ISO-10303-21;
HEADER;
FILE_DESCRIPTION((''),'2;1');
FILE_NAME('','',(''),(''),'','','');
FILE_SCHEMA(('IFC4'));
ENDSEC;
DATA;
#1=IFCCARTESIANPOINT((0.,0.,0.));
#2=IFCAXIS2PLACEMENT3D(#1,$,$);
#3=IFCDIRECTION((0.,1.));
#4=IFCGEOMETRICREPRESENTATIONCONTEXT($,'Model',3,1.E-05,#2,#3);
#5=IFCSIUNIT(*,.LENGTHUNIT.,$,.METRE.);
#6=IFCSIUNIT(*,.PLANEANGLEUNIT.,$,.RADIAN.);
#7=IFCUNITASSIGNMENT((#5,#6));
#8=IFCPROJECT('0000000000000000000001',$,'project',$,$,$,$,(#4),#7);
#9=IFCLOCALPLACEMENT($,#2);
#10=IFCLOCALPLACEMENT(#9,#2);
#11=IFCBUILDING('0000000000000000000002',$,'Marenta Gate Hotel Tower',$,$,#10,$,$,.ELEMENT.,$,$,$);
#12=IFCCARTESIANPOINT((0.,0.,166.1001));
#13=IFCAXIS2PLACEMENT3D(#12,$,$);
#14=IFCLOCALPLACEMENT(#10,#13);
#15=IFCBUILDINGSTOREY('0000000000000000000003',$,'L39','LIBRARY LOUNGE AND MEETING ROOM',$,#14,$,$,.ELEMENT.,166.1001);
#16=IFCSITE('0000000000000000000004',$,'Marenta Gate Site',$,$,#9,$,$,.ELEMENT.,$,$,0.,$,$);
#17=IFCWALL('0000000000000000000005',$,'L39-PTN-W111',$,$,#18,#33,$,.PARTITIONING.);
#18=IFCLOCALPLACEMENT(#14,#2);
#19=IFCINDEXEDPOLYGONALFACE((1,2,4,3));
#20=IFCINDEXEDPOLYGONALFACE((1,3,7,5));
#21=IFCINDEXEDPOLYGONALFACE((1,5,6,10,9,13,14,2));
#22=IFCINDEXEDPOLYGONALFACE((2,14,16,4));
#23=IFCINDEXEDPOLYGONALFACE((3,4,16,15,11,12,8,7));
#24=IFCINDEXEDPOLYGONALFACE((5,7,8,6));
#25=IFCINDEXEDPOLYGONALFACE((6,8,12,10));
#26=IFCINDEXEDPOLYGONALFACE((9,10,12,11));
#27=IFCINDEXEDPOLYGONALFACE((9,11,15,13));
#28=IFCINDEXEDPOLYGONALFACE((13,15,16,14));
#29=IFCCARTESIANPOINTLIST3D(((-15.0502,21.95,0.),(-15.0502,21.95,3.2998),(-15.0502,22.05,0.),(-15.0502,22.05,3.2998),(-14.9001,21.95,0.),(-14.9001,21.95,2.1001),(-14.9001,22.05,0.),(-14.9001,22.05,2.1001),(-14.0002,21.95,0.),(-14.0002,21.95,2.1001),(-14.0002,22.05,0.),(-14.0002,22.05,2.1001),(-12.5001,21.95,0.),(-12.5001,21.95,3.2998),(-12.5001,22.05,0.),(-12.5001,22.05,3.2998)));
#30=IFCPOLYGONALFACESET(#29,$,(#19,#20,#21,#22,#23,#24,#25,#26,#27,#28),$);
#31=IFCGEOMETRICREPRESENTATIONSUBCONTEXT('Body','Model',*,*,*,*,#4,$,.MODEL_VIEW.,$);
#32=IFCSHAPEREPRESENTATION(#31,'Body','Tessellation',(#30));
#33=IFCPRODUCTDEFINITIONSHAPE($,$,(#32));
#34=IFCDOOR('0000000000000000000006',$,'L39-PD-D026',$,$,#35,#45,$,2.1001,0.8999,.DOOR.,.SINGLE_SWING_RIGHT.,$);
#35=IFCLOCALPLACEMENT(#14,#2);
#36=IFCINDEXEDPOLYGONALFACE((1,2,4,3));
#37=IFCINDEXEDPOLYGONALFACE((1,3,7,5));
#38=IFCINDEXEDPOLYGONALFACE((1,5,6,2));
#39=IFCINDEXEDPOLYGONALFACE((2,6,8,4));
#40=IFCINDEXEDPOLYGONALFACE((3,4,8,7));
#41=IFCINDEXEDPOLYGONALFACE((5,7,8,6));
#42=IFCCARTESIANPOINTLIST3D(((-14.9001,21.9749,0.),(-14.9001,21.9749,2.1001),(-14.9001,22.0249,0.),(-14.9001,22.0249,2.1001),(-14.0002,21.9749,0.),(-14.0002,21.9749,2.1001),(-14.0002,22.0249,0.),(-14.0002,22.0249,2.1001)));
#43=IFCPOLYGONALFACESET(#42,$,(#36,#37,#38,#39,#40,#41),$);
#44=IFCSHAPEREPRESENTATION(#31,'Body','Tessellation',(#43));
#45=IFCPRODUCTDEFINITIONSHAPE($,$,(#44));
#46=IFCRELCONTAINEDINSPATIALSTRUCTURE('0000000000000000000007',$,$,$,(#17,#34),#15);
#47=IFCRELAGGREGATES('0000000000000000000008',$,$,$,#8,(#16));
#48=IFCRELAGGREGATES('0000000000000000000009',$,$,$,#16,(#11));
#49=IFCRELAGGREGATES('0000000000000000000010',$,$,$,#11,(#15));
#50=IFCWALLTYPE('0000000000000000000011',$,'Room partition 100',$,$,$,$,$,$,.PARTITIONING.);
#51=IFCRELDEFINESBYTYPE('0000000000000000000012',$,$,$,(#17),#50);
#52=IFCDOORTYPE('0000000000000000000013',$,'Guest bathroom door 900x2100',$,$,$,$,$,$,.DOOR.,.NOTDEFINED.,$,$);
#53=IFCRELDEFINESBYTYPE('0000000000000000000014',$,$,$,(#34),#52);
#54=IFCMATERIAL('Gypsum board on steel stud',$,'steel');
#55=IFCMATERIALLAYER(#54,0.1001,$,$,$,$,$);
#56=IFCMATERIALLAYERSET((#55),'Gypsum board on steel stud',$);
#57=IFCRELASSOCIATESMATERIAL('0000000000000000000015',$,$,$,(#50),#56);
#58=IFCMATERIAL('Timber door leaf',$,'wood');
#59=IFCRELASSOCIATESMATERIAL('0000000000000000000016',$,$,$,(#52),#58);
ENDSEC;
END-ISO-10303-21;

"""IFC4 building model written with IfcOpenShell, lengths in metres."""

from ifc_helpers import new_model, si_unit, direction, frame, frame_2d, origin, place, context, subcontext, project, spatial, rectangle, extrude, material, layer, layer_set, type_object, element, fill, save


model = new_model("IFC4")

# Units and contexts
model_context = context("Model", 3, precision=1e-05, world=origin(), true_north=direction((0.0, 1.0)))
body_context = subcontext(model_context, "Body", "Model", "MODEL_VIEW")
ifc_project = project(units=[si_unit("LENGTHUNIT", "METRE"), si_unit("PLANEANGLEUNIT", "RADIAN")], contexts=[model_context])

# Site, building, storey
site_placement = place(None, origin())
site = spatial("IfcSite", under=ifc_project, at=site_placement, Name="Marenta Gate Site", CompositionType="ELEMENT", RefElevation=0.0)
building_placement = place(site_placement, origin())
building = spatial("IfcBuilding", under=site, at=building_placement, Name="Marenta Gate Hotel Tower", CompositionType="ELEMENT")
storey_placement = place(building_placement, frame((0.0, 0.0, 166.1001)))
storey = spatial("IfcBuildingStorey", under=building, at=storey_placement, Name="L39", Description="LIBRARY LOUNGE AND MEETING ROOM", CompositionType="ELEMENT", Elevation=166.1001)

# Wall, opening, door
ifc_material_1 = material(Name="Gypsum board on steel stud", Category="steel")
ifc_layer_1 = layer(ifc_material_1, 0.1001)
ifc_layer_set_1 = layer_set([ifc_layer_1], Name="Gypsum board on steel stud")
wall_type_1 = type_object("IfcWallType", Name="Room partition 100", PredefinedType="PARTITIONING", material=ifc_layer_set_1)
wall_1_placement = place(storey_placement, frame((-15.05, 22.0, 0.0), z_axis=(0.0, 0.0, 1.0), x_axis=(1.0, 0.0, 0.0)))
wall_1 = element("IfcWall", 1, at=wall_1_placement, inside=storey, type_object=wall_type_1, Name="L39-PTN-W111", PredefinedType="PARTITIONING", context=body_context, shape_type="SweptSolid", body=[
    extrude(rectangle(XDim=2.55, YDim=0.1001, at=frame_2d((1.2749, 0.0))), origin(), (0.0, 0.0, 1.0), 3.2998),
])
opening_1_placement = place(wall_1_placement, frame((0.1499, 0.0, 0.0)))
opening_1 = element("IfcOpeningElement", 2, at=opening_1_placement, cuts=wall_1, PredefinedType="OPENING", context=body_context, shape_type="SweptSolid", body=[
    extrude(rectangle(XDim=0.8999, YDim=2.1001, at=frame_2d((0.45, 1.05))), frame((0.0, 0.05, 0.0), z_axis=(0.0, -1.0, 0.0), x_axis=(1.0, 0.0, 0.0)), (0.0, 0.0, 1.0), 0.1001),
])
ifc_material_2 = material(Name="Timber door leaf", Category="wood")
door_type_1 = type_object("IfcDoorType", Name="Guest bathroom door 900x2100", OperationType="NOTDEFINED", PredefinedType="DOOR", material=ifc_material_2)
door_1_placement = place(opening_1_placement, origin())
door_1 = element("IfcDoor", 3, at=door_1_placement, inside=storey, type_object=door_type_1, Name="L39-PD-D026", OperationType="SINGLE_SWING_RIGHT", OverallHeight=2.1001, OverallWidth=0.8999, PredefinedType="DOOR", context=body_context, shape_type="SweptSolid", body=[
    extrude(rectangle(XDim=0.8999, YDim=2.1001, at=frame_2d((0.45, 1.05))), frame((0.0, 0.0249, 0.0), z_axis=(0.0, -1.0, 0.0), x_axis=(1.0, 0.0, 0.0)), (0.0, 0.0, 1.0), 0.05),
])
fill(opening_1, door_1)

save(model, "model.ifc")
